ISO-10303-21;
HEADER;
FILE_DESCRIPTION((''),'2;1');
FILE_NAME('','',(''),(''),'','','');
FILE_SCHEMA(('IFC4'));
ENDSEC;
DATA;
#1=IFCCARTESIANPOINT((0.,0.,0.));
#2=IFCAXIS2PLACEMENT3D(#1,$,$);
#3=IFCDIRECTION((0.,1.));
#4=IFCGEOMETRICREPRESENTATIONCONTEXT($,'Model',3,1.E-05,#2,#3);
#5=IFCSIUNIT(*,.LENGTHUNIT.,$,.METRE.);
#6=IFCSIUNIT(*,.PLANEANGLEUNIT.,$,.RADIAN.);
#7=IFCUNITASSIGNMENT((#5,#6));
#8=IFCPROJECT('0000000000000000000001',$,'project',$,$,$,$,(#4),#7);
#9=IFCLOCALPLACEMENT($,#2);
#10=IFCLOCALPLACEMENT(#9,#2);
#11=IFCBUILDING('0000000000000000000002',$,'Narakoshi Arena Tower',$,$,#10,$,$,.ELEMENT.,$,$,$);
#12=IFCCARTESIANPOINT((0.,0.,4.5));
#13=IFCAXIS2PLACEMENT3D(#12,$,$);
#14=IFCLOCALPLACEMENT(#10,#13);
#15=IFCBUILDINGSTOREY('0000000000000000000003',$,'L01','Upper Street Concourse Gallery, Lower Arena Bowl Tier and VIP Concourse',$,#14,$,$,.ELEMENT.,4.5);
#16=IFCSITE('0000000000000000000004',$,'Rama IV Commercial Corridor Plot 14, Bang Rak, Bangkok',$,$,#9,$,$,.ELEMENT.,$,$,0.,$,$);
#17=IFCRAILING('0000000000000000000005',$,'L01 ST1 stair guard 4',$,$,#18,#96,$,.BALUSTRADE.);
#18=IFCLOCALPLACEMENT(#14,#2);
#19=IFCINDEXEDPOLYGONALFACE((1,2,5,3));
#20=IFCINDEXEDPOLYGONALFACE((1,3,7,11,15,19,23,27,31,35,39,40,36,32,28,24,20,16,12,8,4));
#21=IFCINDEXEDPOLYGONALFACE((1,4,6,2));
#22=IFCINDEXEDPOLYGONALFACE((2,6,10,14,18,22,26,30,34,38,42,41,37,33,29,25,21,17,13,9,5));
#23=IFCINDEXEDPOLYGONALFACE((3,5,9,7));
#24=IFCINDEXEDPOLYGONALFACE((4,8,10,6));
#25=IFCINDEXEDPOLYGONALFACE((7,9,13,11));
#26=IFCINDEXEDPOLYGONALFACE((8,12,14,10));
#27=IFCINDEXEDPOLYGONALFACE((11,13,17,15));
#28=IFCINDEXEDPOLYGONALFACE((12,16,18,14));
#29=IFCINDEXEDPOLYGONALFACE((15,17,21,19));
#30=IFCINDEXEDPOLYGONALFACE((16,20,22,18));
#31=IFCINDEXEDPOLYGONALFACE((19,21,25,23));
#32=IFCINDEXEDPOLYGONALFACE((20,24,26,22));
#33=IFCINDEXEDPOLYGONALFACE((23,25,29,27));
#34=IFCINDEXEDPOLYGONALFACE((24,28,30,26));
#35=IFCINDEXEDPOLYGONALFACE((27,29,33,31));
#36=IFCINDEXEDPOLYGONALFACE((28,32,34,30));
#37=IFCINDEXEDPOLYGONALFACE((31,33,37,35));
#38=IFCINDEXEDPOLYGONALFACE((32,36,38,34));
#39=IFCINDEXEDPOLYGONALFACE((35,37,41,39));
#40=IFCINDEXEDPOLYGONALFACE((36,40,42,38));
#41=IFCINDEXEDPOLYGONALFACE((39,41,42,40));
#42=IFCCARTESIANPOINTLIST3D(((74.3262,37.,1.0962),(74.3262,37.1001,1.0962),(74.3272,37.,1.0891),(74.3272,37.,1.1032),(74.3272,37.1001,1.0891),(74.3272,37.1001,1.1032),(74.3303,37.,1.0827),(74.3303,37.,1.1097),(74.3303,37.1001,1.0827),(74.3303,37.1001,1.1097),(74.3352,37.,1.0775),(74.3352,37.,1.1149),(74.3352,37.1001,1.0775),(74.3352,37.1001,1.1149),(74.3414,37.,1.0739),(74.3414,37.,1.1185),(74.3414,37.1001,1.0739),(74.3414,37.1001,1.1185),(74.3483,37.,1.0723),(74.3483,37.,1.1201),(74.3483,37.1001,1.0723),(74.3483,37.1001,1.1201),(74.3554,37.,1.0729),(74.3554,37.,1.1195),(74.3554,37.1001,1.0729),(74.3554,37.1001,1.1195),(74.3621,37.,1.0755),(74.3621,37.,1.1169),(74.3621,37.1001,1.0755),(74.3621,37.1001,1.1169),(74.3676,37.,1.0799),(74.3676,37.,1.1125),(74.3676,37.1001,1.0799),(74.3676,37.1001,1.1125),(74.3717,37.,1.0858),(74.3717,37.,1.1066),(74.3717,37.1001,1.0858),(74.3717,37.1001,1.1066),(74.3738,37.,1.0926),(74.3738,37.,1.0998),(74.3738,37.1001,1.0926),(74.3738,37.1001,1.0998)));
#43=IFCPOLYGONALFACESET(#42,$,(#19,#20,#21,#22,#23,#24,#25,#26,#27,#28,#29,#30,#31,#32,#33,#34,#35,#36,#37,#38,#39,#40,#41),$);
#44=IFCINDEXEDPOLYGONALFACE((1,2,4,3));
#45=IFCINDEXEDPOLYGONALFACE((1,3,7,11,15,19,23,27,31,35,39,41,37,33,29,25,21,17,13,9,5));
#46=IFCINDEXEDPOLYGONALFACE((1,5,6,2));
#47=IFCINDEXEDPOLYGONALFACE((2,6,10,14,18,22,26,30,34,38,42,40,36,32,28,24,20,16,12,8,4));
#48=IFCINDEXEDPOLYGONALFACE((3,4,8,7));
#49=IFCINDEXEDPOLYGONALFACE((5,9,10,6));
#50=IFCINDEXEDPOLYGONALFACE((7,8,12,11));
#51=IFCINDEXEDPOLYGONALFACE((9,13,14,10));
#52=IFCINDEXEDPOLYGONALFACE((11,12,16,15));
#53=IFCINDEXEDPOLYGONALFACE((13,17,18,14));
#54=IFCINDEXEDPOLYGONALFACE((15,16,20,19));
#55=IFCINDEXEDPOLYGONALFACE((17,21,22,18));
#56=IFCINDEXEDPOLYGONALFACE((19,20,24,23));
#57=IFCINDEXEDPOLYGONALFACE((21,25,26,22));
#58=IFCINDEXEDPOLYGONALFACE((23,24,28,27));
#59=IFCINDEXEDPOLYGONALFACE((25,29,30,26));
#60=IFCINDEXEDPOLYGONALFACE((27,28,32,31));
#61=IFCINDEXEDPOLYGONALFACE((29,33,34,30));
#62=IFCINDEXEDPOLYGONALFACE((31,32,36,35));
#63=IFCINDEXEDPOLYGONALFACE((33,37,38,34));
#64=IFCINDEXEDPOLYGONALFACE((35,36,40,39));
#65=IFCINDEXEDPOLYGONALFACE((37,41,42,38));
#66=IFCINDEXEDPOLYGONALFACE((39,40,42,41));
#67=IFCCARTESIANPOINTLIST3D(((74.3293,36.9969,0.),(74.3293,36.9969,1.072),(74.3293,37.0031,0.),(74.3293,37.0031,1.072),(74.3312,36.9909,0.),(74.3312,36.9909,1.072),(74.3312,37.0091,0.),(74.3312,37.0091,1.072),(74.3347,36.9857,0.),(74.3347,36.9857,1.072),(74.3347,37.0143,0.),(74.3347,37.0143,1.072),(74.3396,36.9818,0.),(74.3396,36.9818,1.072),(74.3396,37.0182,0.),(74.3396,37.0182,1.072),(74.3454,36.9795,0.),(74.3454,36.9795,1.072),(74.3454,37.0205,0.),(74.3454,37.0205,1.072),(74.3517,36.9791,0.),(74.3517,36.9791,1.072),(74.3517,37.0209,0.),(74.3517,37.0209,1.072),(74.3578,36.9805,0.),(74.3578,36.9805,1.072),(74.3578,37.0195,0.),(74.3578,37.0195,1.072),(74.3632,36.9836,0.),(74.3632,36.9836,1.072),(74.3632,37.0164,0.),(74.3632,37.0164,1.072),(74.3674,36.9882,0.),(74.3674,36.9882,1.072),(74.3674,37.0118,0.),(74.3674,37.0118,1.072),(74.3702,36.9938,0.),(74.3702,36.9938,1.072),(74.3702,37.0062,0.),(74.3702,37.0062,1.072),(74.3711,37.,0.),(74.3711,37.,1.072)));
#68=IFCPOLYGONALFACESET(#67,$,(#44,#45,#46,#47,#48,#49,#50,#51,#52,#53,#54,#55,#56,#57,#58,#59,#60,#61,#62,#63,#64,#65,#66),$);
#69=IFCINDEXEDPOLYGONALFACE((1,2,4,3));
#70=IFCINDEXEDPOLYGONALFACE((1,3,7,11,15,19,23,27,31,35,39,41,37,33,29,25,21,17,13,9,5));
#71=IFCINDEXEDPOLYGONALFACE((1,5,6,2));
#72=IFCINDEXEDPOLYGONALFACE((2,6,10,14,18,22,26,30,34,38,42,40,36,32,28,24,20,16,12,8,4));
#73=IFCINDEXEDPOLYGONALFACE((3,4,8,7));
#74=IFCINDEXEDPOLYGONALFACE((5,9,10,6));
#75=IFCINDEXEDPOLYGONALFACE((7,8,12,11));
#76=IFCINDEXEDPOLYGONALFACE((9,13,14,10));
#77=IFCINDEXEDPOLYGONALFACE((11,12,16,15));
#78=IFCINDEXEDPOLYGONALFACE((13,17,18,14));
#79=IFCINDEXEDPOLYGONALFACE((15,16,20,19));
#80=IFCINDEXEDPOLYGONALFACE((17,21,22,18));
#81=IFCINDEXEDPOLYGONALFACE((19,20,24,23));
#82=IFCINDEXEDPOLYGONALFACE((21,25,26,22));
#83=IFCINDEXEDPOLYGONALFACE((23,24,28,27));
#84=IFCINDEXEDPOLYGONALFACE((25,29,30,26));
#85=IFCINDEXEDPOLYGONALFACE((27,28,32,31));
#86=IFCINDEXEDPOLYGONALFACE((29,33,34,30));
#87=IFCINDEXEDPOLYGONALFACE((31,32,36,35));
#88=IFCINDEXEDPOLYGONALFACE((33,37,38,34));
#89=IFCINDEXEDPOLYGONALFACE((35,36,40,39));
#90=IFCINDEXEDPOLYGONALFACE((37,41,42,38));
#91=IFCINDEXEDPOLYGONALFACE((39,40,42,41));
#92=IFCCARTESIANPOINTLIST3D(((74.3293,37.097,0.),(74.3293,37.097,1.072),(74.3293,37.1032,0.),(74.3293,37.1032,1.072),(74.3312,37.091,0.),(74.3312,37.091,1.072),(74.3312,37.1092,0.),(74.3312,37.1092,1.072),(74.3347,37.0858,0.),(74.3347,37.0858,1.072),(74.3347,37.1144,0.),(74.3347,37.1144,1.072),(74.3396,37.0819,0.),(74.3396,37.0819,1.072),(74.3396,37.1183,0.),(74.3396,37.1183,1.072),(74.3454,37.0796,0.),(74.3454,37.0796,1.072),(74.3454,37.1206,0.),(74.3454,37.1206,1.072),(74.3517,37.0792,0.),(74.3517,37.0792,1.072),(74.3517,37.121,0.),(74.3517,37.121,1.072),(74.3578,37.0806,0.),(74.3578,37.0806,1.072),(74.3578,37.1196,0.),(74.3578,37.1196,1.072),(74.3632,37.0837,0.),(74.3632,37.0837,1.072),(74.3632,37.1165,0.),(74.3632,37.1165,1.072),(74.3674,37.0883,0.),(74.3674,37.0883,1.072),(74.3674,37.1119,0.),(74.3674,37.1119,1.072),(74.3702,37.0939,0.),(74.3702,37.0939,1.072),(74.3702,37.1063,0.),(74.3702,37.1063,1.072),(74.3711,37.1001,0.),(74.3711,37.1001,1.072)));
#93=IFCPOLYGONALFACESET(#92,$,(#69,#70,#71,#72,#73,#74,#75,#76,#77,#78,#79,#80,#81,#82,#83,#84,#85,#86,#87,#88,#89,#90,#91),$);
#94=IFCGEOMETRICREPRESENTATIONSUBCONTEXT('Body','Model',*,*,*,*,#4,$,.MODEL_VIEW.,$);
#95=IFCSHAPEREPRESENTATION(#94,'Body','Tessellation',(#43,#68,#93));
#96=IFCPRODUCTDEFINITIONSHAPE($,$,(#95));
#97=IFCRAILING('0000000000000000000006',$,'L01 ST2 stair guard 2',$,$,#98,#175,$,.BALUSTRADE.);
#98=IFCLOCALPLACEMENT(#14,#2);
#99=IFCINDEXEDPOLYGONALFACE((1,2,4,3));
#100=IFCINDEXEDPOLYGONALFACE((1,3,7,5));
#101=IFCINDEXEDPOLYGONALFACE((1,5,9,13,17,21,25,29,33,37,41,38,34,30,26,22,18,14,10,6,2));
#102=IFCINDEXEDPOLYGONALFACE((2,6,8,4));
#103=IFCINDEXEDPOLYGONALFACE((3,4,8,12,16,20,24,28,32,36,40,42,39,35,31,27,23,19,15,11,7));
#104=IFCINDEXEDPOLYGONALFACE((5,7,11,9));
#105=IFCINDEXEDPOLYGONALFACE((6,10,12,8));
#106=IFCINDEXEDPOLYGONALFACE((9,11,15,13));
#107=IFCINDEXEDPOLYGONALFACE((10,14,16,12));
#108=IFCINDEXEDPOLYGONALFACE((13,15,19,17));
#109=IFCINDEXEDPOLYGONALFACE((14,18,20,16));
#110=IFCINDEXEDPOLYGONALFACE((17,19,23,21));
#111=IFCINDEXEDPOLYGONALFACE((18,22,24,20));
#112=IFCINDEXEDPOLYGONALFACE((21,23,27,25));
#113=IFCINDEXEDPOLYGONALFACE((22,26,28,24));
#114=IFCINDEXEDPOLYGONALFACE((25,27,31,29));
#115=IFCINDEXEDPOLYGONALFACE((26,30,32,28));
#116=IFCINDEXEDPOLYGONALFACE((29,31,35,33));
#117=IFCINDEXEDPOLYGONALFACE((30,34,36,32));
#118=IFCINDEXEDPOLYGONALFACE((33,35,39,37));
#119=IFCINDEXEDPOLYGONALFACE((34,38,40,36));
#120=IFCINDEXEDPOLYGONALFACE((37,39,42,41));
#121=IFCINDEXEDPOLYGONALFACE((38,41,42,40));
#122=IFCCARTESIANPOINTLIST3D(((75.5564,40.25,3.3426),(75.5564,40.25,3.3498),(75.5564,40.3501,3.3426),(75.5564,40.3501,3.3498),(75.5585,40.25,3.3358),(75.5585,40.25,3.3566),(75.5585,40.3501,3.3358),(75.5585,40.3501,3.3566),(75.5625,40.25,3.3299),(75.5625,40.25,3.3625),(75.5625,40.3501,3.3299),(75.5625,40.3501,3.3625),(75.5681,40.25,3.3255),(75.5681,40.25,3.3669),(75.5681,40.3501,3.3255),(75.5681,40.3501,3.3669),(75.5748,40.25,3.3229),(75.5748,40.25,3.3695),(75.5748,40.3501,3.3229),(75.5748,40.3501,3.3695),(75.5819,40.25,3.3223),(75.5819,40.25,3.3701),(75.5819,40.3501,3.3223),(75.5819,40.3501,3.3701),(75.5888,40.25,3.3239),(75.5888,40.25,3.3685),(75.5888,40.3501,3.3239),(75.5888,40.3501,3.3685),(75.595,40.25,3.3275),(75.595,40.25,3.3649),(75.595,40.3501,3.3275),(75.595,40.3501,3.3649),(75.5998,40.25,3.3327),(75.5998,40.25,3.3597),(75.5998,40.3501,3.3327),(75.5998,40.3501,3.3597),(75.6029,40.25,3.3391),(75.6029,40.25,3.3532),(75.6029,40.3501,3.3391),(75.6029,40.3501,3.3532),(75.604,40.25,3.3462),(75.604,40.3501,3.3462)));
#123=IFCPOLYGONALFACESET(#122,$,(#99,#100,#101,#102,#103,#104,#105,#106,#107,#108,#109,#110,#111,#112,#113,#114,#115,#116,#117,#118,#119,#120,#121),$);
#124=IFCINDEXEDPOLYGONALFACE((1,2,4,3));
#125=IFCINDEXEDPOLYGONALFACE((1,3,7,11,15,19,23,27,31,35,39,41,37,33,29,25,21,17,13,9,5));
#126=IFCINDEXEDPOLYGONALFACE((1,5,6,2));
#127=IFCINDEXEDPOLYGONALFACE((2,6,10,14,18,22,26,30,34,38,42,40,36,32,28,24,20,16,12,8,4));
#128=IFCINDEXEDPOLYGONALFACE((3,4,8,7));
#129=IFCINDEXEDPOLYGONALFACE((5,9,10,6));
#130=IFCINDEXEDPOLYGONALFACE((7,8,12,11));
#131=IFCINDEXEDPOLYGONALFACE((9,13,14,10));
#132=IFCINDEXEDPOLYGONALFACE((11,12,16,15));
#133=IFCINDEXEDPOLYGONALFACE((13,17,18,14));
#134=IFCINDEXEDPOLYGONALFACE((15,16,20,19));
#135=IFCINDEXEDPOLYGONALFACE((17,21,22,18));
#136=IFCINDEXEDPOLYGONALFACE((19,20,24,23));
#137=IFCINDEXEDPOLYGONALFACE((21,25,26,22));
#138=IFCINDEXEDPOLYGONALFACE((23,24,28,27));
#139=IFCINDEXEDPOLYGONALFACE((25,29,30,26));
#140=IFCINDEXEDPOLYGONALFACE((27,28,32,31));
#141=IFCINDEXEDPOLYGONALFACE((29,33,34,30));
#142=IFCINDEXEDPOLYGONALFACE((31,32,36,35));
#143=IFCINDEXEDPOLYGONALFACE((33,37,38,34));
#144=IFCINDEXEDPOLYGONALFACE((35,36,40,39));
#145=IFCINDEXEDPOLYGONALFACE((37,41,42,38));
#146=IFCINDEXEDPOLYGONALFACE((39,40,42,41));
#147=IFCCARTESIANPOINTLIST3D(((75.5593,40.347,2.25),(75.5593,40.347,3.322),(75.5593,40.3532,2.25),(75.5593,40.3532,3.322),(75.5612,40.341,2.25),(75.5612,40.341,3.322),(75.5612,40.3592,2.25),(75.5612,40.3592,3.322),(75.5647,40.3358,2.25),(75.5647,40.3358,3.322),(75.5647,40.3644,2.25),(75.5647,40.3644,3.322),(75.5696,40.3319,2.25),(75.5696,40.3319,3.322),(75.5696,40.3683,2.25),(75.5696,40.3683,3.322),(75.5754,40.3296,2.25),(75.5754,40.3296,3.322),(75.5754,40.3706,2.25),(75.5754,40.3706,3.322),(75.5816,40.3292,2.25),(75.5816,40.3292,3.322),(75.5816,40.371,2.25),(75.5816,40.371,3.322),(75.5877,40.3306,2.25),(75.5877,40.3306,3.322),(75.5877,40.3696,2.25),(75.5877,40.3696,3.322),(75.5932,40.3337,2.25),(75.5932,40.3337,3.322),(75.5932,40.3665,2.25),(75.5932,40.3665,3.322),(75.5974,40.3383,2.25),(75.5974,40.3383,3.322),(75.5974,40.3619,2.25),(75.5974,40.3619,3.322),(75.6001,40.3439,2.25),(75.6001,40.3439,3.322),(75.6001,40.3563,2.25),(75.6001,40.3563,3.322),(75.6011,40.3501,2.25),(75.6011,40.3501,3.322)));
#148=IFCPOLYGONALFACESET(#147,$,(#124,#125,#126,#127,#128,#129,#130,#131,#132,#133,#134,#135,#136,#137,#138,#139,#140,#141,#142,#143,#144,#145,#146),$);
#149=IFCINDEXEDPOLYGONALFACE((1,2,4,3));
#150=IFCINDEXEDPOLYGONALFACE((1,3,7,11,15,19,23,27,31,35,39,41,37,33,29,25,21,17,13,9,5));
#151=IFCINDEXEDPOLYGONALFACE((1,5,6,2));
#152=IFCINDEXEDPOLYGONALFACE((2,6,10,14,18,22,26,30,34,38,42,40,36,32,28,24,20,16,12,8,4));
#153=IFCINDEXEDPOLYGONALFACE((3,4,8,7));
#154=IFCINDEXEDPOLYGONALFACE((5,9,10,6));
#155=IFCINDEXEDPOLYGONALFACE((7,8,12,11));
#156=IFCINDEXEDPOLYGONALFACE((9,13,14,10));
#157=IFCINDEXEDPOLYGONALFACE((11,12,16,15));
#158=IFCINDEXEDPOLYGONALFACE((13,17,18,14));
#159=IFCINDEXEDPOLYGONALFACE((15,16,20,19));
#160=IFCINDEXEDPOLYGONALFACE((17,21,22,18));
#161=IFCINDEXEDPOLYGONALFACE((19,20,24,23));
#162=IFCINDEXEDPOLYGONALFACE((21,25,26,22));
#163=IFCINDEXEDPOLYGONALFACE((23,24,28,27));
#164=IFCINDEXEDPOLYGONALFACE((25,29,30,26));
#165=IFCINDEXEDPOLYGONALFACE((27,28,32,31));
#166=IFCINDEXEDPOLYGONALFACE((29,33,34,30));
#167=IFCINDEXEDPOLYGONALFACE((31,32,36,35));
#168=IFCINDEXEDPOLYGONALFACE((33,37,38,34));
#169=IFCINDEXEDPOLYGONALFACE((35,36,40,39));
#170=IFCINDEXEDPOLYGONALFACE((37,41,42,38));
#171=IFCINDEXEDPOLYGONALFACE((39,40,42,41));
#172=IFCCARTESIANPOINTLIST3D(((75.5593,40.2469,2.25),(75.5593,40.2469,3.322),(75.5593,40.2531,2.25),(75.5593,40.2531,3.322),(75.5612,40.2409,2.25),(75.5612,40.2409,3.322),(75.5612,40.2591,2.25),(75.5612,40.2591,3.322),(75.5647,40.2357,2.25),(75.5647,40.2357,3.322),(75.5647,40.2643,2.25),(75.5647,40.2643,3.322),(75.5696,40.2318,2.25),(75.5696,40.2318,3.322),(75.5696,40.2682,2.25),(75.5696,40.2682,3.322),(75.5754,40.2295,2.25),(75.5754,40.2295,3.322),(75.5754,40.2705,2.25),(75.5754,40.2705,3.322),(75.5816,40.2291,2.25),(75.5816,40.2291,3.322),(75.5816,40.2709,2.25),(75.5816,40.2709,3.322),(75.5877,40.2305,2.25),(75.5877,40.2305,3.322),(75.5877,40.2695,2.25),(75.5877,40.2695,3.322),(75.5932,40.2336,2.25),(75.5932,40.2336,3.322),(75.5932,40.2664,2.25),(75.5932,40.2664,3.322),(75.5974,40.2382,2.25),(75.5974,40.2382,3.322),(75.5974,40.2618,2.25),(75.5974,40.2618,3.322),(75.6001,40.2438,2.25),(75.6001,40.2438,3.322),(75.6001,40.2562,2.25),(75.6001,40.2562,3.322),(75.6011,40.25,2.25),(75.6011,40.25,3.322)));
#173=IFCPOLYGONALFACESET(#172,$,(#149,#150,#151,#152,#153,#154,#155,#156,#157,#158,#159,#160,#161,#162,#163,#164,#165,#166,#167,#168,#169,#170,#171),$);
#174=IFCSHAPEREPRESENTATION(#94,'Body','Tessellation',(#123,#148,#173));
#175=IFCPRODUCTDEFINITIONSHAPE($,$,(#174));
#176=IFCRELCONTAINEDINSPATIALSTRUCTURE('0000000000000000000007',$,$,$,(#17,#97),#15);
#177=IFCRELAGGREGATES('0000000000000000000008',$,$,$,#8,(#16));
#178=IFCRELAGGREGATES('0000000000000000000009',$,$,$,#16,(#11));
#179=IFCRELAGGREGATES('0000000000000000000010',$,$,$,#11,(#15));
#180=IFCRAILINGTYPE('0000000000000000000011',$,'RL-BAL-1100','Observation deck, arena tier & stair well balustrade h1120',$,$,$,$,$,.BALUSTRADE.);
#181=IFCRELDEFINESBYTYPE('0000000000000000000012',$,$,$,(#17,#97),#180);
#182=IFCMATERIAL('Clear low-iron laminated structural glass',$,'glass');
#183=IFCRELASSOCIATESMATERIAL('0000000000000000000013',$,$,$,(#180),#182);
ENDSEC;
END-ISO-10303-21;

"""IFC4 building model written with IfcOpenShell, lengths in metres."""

from ifc_helpers import new_model, si_unit, direction, frame, origin, origin_2d, place, context, subcontext, project, spatial, circle, extrude, material, type_object, element, save


model = new_model("IFC4")

# Units and contexts
model_context = context("Model", 3, precision=1e-05, world=origin(), true_north=direction((0.0, 1.0)))
body_context = subcontext(model_context, "Body", "Model", "MODEL_VIEW")
ifc_project = project(units=[si_unit("LENGTHUNIT", "METRE"), si_unit("PLANEANGLEUNIT", "RADIAN")], contexts=[model_context])

# Site, building, storey
site_placement = place(None, origin())
site = spatial("IfcSite", under=ifc_project, at=site_placement, Name="Rama IV Commercial Corridor Plot 14, Bang Rak, Bangkok", CompositionType="ELEMENT", RefElevation=0.0)
building_placement = place(site_placement, origin())
building = spatial("IfcBuilding", under=site, at=building_placement, Name="Narakoshi Arena Tower", CompositionType="ELEMENT")
storey_placement = place(building_placement, frame((0.0, 0.0, 4.5)))
storey = spatial("IfcBuildingStorey", under=building, at=storey_placement, Name="L01", Description="Upper Street Concourse Gallery, Lower Arena Bowl Tier and VIP Concourse", CompositionType="ELEMENT", Elevation=4.5)

# Railings
ifc_material_1 = material(Name="Clear low-iron laminated structural glass", Category="glass")
railing_type_1 = type_object("IfcRailingType", Name="RL-BAL-1100", Description="Observation deck, arena tier & stair well balustrade h1120", PredefinedType="BALUSTRADE", material=ifc_material_1)
railing_1_placement = place(storey_placement, frame((74.3501, 37.0, 0.0)))
element("IfcRailing", 1, at=railing_1_placement, inside=storey, type_object=railing_type_1, Name="L01 ST1 stair guard 4", PredefinedType="BALUSTRADE", context=body_context, shape_type="SweptSolid", body=[
    extrude(circle(Radius=0.0239, at=origin_2d()), frame((0.0, 0.0, 1.0962), z_axis=(0.0, 1.0, 0.0), x_axis=(-1.0, 0.0, 0.0)), (0.0, 0.0, 1.0), 0.1001),
    extrude(circle(Radius=0.021, at=origin_2d()), origin(), (0.0, 0.0, 1.0), 1.072),
    extrude(circle(Radius=0.021, at=origin_2d()), frame((0.0, 0.1001, 0.0)), (0.0, 0.0, 1.0), 1.072),
])
railing_2_placement = place(storey_placement, frame((75.5801, 40.3501, 2.25)))
element("IfcRailing", 2, at=railing_2_placement, inside=storey, type_object=railing_type_1, Name="L01 ST2 stair guard 2", PredefinedType="BALUSTRADE", context=body_context, shape_type="SweptSolid", body=[
    extrude(circle(Radius=0.0239, at=origin_2d()), frame((0.0, 0.0, 1.0962), z_axis=(0.0, -1.0, 0.0), x_axis=(1.0, 0.0, 0.0)), (0.0, 0.0, 1.0), 0.1001),
    extrude(circle(Radius=0.021, at=origin_2d()), origin(), (0.0, 0.0, 1.0), 1.072),
    extrude(circle(Radius=0.021, at=origin_2d()), frame((0.0, -0.1001, 0.0)), (0.0, 0.0, 1.0), 1.072),
])

save(model, "model.ifc")
